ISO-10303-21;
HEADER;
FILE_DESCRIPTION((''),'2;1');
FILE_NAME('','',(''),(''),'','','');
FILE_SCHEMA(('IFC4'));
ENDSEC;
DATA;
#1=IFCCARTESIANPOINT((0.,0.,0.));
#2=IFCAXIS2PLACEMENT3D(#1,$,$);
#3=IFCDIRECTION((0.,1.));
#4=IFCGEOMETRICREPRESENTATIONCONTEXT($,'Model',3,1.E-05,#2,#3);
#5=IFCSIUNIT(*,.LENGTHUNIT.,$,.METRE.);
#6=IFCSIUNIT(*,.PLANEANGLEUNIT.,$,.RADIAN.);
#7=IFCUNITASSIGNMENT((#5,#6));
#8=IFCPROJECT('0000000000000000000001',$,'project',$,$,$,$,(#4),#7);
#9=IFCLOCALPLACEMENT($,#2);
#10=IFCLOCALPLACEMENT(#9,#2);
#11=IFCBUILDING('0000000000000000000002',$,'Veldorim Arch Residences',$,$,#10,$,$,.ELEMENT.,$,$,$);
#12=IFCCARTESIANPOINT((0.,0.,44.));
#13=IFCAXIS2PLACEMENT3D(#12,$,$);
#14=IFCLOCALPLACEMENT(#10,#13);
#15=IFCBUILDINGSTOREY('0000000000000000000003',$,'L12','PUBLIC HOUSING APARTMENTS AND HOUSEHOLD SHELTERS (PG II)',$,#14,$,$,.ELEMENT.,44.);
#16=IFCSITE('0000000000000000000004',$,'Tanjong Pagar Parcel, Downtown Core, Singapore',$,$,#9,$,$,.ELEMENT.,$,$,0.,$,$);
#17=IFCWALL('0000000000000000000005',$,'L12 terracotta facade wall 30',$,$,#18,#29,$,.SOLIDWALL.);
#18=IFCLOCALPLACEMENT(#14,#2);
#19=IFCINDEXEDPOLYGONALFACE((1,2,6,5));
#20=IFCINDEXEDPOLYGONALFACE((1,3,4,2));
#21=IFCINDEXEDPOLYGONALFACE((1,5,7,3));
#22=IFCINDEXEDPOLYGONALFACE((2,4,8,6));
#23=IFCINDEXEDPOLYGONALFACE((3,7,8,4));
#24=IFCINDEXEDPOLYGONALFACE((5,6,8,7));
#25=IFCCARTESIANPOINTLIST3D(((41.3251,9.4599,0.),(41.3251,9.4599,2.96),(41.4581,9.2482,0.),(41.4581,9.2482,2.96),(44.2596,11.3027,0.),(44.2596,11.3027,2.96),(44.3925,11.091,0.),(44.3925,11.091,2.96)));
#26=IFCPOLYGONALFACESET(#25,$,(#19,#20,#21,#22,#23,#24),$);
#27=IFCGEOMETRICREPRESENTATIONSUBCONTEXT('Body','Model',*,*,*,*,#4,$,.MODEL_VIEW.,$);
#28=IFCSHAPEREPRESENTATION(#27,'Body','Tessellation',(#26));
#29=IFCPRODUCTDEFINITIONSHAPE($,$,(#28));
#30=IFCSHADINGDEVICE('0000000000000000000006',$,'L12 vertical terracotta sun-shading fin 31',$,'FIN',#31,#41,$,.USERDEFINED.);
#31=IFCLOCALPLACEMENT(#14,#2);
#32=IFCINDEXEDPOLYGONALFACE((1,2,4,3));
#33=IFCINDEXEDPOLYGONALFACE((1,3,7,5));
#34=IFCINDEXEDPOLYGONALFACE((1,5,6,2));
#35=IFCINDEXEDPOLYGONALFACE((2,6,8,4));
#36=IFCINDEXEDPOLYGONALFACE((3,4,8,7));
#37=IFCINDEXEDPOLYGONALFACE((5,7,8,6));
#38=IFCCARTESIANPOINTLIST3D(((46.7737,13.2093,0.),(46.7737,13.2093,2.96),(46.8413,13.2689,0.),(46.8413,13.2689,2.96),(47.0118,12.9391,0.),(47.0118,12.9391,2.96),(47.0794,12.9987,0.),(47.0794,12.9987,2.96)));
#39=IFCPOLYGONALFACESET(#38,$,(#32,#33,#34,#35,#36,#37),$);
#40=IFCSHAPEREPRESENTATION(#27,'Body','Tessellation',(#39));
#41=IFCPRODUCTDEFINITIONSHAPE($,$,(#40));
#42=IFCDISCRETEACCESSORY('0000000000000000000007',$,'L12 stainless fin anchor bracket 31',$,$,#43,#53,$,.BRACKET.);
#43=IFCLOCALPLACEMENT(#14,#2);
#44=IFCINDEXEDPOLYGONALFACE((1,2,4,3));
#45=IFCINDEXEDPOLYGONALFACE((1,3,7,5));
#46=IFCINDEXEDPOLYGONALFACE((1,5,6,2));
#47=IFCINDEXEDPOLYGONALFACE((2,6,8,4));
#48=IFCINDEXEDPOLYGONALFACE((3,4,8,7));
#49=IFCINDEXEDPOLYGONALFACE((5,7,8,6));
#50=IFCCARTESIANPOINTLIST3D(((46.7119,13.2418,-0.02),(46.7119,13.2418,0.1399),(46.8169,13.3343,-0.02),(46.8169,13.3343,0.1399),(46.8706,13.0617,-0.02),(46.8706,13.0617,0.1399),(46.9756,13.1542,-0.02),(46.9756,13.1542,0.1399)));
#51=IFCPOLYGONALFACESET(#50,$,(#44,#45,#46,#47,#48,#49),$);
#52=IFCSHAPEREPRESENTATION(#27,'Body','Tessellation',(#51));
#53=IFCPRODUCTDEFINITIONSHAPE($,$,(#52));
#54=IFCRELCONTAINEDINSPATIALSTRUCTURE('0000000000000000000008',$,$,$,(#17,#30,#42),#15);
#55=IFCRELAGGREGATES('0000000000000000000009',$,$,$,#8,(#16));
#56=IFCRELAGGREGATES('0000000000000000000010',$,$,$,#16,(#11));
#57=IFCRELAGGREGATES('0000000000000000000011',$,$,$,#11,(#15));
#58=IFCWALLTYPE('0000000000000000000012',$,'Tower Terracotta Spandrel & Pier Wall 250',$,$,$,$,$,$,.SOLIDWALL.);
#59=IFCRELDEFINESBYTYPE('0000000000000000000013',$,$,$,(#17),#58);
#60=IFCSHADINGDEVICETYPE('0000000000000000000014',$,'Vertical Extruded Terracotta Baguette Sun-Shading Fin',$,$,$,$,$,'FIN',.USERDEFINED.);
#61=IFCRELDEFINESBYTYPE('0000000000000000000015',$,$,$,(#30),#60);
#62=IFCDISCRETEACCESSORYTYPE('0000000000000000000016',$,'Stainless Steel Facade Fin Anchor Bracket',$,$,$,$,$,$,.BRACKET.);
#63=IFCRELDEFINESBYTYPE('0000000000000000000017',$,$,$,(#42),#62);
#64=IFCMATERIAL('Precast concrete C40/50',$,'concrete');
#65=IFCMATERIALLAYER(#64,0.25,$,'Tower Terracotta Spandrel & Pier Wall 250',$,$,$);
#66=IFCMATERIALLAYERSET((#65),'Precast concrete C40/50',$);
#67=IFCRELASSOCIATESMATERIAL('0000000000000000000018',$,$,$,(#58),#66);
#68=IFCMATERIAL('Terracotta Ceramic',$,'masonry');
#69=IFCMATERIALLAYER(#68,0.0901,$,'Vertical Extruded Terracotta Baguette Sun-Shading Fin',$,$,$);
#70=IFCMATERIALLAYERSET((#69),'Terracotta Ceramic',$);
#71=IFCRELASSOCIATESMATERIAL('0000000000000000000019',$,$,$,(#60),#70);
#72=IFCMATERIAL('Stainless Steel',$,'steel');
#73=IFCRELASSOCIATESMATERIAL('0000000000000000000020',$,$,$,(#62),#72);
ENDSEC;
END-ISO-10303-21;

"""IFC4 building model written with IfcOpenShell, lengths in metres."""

from ifc_helpers import new_model, si_unit, direction, frame, frame_2d, origin, origin_2d, place, context, subcontext, project, spatial, rectangle, extrude, material, layer, layer_set, type_object, element, save


model = new_model("IFC4")

# Units and contexts
model_context = context("Model", 3, precision=1e-05, world=origin(), true_north=direction((0.0, 1.0)))
body_context = subcontext(model_context, "Body", "Model", "MODEL_VIEW")
ifc_project = project(units=[si_unit("LENGTHUNIT", "METRE"), si_unit("PLANEANGLEUNIT", "RADIAN")], contexts=[model_context])

# Site, building, storey
site_placement = place(None, origin())
site = spatial("IfcSite", under=ifc_project, at=site_placement, Name="Tanjong Pagar Parcel, Downtown Core, Singapore", CompositionType="ELEMENT", RefElevation=0.0)
building_placement = place(site_placement, origin())
building = spatial("IfcBuilding", under=site, at=building_placement, Name="Veldorim Arch Residences", CompositionType="ELEMENT")
storey_placement = place(building_placement, frame((0.0, 0.0, 44.0)))
storey = spatial("IfcBuildingStorey", under=building, at=storey_placement, Name="L12", Description="PUBLIC HOUSING APARTMENTS AND HOUSEHOLD SHELTERS (PG II)", CompositionType="ELEMENT", Elevation=44.0)

# Shared definitions
ifc_material_1 = material(Name="Precast concrete C40/50", Category="concrete")
ifc_layer_1 = layer(ifc_material_1, 0.25, Name="Tower Terracotta Spandrel & Pier Wall 250")
ifc_layer_set_1 = layer_set([ifc_layer_1], Name="Precast concrete C40/50")
wall_type_1 = type_object("IfcWallType", Name="Tower Terracotta Spandrel & Pier Wall 250", PredefinedType="SOLIDWALL", material=ifc_layer_set_1)

# Wall
wall_1_placement = place(storey_placement, frame((44.3259, 11.1968, 0.0), z_axis=(0.0, 0.0, 1.0), x_axis=(-0.846852, -0.531828, 0.0)))
element("IfcWall", 1, at=wall_1_placement, inside=storey, type_object=wall_type_1, Name="L12 terracotta facade wall 30", PredefinedType="SOLIDWALL", context=body_context, shape_type="SweptSolid", body=[
    extrude(rectangle(XDim=3.4651, YDim=0.25, at=frame_2d((1.7324, 0.0))), origin(), (0.0, 0.0, 1.0), 2.96),
])

# Shading device
ifc_material_2 = material(Name="Terracotta Ceramic", Category="masonry")
ifc_layer_2 = layer(ifc_material_2, 0.0901, Name="Vertical Extruded Terracotta Baguette Sun-Shading Fin")
ifc_layer_set_2 = layer_set([ifc_layer_2], Name="Terracotta Ceramic")
shading_device_type = type_object("IfcShadingDeviceType", Name="Vertical Extruded Terracotta Baguette Sun-Shading Fin", ElementType="FIN", PredefinedType="USERDEFINED", material=ifc_layer_set_2)
shading_device_placement = place(storey_placement, frame((46.9265, 13.104, 0.0), z_axis=(0.0, 0.0, 1.0), x_axis=(-0.750226, -0.661181, 0.0)))
element("IfcShadingDevice", 2, at=shading_device_placement, inside=storey, type_object=shading_device_type, Name="L12 vertical terracotta sun-shading fin 31", ObjectType="FIN", PredefinedType="USERDEFINED", context=body_context, shape_type="SweptSolid", body=[
    extrude(rectangle(XDim=0.0901, YDim=0.3601, at=origin_2d()), origin(), (0.0, 0.0, 1.0), 2.96),
])

# Discrete accessory
ifc_material_3 = material(Name="Stainless Steel", Category="steel")
discrete_accessory_type = type_object("IfcDiscreteAccessoryType", Name="Stainless Steel Facade Fin Anchor Bracket", PredefinedType="BRACKET", material=ifc_material_3)
discrete_accessory_placement = place(storey_placement, frame((46.8438, 13.198, -0.02), z_axis=(0.0, 0.0, 1.0), x_axis=(-0.750226, -0.661181, 0.0)))
element("IfcDiscreteAccessory", 3, at=discrete_accessory_placement, inside=storey, type_object=discrete_accessory_type, Name="L12 stainless fin anchor bracket 31", PredefinedType="BRACKET", context=body_context, shape_type="SweptSolid", body=[
    extrude(rectangle(XDim=0.1399, YDim=0.24, at=origin_2d()), origin(), (0.0, 0.0, 1.0), 0.1599),
])

save(model, "model.ifc")
